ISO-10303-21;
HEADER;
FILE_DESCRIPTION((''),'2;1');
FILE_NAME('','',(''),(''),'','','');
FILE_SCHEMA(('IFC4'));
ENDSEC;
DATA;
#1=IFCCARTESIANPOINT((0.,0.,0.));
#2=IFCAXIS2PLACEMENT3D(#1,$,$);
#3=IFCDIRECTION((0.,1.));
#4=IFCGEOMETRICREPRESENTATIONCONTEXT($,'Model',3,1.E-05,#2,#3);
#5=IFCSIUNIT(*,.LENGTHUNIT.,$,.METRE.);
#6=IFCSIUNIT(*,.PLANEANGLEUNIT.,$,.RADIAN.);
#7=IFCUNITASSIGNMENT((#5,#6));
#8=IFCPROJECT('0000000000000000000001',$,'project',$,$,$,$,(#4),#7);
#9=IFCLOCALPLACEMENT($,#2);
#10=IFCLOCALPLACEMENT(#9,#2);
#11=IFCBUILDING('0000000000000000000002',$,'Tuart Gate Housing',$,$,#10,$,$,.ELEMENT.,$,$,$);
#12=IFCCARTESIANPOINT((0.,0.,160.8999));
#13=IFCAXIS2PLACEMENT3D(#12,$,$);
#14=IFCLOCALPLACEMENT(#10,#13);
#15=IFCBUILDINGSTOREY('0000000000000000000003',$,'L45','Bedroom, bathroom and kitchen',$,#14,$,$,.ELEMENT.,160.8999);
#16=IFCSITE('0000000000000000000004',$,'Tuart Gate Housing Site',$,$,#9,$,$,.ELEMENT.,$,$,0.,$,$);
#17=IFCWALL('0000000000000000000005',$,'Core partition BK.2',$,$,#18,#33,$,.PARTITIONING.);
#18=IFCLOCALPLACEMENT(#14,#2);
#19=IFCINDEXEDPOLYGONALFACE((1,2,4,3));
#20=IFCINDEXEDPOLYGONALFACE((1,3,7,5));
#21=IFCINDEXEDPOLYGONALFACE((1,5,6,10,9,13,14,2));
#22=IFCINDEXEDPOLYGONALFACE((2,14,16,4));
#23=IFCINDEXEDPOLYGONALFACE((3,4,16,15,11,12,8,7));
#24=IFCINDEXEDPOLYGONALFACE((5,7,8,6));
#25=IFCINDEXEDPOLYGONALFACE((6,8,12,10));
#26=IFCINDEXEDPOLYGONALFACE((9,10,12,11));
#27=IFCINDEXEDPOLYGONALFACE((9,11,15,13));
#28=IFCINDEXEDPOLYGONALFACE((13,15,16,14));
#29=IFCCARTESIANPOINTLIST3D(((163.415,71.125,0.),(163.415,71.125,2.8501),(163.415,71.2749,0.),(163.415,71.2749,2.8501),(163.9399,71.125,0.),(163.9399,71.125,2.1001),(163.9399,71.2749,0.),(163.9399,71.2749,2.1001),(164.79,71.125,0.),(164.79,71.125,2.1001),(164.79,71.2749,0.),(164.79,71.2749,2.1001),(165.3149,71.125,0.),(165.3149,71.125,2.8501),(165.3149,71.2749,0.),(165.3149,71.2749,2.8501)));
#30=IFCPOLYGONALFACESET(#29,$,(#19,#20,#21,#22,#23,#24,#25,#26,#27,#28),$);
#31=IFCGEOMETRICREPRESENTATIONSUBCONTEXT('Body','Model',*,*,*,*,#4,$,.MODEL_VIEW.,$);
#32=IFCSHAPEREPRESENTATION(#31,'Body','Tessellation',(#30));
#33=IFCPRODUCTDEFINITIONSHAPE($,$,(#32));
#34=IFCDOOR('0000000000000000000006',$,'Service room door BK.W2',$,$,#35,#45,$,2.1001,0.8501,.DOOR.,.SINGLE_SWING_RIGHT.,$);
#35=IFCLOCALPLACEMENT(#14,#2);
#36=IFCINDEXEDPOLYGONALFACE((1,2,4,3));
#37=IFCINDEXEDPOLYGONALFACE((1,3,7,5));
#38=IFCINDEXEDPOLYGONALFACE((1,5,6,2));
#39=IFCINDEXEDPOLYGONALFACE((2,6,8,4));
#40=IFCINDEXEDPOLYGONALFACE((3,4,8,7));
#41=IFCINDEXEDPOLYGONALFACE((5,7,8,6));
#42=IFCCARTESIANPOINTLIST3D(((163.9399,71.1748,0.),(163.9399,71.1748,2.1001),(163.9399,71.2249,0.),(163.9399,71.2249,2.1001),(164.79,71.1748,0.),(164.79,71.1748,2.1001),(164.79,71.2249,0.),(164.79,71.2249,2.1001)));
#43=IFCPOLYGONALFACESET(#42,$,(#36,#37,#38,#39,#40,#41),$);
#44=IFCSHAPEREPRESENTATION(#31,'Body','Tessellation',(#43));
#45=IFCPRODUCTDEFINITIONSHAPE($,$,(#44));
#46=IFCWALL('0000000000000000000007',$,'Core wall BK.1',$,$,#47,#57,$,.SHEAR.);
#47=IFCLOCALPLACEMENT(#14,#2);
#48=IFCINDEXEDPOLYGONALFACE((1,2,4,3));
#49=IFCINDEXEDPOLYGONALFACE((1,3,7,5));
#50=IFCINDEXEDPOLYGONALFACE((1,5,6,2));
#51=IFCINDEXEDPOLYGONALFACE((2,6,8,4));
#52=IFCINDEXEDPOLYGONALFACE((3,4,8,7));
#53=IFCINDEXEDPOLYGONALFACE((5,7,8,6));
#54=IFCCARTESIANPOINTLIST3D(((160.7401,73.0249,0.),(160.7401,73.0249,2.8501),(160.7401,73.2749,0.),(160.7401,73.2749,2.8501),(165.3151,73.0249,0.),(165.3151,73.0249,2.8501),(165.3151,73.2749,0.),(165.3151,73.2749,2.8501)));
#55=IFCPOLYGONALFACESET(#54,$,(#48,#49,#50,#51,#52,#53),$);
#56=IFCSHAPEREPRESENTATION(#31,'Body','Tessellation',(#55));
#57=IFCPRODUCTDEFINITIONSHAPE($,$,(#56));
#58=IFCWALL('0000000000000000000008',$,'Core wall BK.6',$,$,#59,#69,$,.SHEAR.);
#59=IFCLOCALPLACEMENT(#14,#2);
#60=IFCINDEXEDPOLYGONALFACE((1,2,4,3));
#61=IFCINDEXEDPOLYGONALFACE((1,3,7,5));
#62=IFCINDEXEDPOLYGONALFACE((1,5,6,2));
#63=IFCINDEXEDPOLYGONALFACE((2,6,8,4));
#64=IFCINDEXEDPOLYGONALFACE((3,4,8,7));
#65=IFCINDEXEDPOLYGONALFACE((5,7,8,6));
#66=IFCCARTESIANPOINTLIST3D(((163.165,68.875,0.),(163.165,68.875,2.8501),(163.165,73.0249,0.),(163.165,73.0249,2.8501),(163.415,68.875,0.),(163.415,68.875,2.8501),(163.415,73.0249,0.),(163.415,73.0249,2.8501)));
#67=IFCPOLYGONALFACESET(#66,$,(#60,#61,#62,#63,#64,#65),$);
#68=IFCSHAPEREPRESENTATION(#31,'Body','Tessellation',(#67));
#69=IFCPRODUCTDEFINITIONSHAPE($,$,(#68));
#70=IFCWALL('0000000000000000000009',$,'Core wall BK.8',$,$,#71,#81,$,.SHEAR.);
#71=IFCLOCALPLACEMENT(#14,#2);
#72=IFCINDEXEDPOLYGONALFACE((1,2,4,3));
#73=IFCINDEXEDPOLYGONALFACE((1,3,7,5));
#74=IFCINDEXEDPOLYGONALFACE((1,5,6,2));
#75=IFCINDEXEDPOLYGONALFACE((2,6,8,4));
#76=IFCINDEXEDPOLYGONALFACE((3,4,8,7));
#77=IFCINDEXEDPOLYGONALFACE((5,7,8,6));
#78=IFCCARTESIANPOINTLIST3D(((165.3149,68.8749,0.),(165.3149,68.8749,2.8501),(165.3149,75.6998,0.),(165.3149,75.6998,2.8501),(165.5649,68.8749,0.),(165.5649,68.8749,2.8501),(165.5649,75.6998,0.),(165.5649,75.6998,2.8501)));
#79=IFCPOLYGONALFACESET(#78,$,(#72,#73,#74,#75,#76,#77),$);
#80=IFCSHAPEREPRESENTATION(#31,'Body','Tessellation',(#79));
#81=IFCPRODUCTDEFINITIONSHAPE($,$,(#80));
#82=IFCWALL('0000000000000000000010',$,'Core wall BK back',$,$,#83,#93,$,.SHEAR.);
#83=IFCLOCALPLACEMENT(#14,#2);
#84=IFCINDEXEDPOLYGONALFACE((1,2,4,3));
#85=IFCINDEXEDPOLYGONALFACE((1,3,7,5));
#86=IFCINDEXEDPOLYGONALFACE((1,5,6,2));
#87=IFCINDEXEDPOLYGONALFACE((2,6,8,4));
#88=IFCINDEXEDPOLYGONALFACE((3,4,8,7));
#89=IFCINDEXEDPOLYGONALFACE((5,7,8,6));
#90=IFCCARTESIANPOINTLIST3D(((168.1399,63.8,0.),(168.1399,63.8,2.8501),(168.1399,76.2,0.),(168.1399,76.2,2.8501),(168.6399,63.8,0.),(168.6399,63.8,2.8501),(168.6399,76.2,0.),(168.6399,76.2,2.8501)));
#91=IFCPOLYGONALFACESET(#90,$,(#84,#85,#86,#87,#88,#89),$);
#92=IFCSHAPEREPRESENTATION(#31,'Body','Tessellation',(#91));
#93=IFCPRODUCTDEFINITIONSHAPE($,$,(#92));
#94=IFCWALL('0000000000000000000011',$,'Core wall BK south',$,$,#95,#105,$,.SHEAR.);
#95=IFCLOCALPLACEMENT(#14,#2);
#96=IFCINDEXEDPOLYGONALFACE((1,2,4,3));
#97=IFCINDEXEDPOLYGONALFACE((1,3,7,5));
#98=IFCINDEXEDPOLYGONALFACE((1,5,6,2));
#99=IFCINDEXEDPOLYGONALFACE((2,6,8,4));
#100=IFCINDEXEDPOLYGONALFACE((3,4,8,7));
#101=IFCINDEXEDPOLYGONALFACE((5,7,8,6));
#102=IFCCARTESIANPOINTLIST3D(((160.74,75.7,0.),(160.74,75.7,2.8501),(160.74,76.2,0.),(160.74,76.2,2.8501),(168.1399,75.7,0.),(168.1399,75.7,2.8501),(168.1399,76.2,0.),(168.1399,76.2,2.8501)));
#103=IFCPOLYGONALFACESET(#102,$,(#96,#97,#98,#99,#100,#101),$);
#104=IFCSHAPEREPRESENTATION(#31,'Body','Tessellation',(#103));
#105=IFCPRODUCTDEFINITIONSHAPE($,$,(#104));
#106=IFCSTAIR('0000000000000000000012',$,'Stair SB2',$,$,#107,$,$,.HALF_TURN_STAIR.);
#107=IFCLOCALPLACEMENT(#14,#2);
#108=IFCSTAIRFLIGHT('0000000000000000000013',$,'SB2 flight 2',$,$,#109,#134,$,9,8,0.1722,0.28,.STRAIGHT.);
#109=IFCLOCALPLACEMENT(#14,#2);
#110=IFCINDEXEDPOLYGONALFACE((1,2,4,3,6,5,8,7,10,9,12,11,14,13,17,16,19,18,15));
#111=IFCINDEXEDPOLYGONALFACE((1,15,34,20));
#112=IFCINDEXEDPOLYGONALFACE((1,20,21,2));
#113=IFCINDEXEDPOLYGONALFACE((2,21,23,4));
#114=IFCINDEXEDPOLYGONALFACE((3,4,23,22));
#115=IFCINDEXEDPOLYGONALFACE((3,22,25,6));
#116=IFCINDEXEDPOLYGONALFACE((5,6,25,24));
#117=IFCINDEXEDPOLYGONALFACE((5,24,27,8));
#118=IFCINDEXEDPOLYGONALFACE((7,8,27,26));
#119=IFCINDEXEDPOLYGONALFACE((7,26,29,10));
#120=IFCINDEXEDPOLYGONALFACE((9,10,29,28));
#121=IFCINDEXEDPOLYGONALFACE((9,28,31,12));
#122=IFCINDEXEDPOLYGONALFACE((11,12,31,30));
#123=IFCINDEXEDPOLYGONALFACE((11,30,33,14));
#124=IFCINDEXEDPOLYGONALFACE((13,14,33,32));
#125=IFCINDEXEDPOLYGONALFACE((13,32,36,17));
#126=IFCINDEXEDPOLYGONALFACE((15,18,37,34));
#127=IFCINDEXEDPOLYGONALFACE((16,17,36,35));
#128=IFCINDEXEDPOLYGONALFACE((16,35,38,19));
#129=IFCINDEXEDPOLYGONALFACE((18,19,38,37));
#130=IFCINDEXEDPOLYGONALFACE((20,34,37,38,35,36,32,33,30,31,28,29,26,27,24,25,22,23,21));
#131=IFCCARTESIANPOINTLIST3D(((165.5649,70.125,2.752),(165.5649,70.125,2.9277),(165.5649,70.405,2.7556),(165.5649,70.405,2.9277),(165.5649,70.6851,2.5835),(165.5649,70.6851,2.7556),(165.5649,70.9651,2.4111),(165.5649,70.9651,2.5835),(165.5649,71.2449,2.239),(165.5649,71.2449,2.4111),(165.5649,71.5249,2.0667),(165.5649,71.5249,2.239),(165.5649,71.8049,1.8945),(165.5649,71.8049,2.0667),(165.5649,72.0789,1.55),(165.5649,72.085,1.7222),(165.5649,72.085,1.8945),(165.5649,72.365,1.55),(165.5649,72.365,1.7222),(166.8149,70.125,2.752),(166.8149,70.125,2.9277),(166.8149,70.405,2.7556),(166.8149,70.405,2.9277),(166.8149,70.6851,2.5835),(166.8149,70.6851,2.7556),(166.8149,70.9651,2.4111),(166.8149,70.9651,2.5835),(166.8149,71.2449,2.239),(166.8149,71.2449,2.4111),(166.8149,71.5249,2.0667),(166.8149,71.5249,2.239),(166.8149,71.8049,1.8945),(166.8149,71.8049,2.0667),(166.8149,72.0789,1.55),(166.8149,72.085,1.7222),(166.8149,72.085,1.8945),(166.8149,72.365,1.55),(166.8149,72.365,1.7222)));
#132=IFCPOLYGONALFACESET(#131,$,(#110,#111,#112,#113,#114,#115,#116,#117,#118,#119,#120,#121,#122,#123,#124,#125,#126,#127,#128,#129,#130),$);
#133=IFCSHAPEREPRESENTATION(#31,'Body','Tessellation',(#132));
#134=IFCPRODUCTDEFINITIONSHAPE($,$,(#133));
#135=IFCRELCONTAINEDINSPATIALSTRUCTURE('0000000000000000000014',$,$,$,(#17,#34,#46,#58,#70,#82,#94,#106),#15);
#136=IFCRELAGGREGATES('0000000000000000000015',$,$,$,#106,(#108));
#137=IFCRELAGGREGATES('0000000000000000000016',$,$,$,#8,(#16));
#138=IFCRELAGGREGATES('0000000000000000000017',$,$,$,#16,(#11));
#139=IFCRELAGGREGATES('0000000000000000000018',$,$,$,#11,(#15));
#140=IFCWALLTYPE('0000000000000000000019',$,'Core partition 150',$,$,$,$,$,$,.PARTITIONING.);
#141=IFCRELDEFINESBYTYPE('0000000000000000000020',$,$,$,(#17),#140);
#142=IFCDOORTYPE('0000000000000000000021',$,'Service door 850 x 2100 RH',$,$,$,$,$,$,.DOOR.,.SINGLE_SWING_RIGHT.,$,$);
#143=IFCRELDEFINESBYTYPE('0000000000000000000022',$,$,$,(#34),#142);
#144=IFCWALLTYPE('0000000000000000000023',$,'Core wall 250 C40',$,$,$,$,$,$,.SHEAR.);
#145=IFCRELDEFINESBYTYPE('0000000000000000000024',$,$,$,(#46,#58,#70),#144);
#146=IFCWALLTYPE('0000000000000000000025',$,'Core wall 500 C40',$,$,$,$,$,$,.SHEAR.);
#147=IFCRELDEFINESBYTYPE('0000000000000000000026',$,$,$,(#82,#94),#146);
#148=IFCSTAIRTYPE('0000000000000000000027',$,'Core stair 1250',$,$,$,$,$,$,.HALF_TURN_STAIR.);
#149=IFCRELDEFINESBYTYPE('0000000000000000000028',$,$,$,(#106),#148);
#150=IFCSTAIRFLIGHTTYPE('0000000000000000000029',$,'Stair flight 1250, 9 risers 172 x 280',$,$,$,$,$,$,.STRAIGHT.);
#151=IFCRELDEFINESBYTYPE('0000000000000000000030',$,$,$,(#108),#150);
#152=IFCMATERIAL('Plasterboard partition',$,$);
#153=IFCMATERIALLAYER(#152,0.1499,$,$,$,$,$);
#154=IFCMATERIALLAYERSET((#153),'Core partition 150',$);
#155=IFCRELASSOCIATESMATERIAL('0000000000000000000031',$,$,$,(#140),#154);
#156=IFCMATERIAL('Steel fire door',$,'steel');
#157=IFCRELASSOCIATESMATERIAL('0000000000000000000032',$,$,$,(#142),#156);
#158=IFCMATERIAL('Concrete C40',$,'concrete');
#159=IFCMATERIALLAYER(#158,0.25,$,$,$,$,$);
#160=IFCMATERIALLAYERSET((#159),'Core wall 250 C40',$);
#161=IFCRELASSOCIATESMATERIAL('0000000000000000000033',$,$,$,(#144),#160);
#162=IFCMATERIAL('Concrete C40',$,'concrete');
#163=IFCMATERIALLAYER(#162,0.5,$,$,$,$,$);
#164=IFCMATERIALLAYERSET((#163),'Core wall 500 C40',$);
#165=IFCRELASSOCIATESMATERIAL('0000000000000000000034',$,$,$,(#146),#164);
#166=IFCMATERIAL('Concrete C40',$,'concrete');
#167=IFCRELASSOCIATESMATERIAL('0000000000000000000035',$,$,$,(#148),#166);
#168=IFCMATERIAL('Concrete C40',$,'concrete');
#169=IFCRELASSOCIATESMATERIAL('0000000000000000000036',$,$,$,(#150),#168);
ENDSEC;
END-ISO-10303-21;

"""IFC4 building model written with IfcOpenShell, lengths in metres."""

from ifc_helpers import new_model, si_unit, direction, frame, frame_2d, origin, place, context, subcontext, project, spatial, polyline, rectangle, outline, extrude, material, layer, layer_set, type_object, element, fill, aggregate, save


model = new_model("IFC4")

# Units and contexts
model_context = context("Model", 3, precision=1e-05, world=origin(), true_north=direction((0.0, 1.0)))
body_context = subcontext(model_context, "Body", "Model", "MODEL_VIEW")
ifc_project = project(units=[si_unit("LENGTHUNIT", "METRE"), si_unit("PLANEANGLEUNIT", "RADIAN")], contexts=[model_context])

# Site, building, storey
site_placement = place(None, origin())
site = spatial("IfcSite", under=ifc_project, at=site_placement, Name="Tuart Gate Housing Site", CompositionType="ELEMENT", RefElevation=0.0)
building_placement = place(site_placement, origin())
building = spatial("IfcBuilding", under=site, at=building_placement, Name="Tuart Gate Housing", CompositionType="ELEMENT")
storey_placement = place(building_placement, frame((0.0, 0.0, 160.8999)))
storey = spatial("IfcBuildingStorey", under=building, at=storey_placement, Name="L45", Description="Bedroom, bathroom and kitchen", CompositionType="ELEMENT", Elevation=160.8999)

# Wall, opening, door
ifc_material_1 = material(Name="Plasterboard partition")
ifc_layer_1 = layer(ifc_material_1, 0.1499)
ifc_layer_set_1 = layer_set([ifc_layer_1], Name="Core partition 150")
wall_type_1 = type_object("IfcWallType", Name="Core partition 150", PredefinedType="PARTITIONING", material=ifc_layer_set_1)
wall_1_placement = place(storey_placement, frame((163.415, 71.2, 0.0), z_axis=(0.0, 0.0, 1.0), x_axis=(1.0, 0.0, 0.0)))
wall_1 = element("IfcWall", 1, at=wall_1_placement, inside=storey, type_object=wall_type_1, Name="Core partition BK.2", PredefinedType="PARTITIONING", context=body_context, shape_type="SweptSolid", body=[
    extrude(rectangle(XDim=1.8999, YDim=0.1499, at=frame_2d((0.95, 0.0))), origin(), (0.0, 0.0, 1.0), 2.8501),
])
opening_placement = place(wall_1_placement, frame((0.5249, 0.0, 0.0)))
opening = element("IfcOpeningElement", 2, at=opening_placement, cuts=wall_1, PredefinedType="OPENING", context=body_context, shape_type="SweptSolid", body=[
    extrude(rectangle(XDim=0.8501, YDim=2.1001, at=frame_2d((0.425, 1.05))), frame((0.0, 0.085, 0.0), z_axis=(0.0, -1.0, 0.0), x_axis=(1.0, 0.0, 0.0)), (0.0, 0.0, 1.0), 0.1699),
])
ifc_material_2 = material(Name="Steel fire door", Category="steel")
door_type = type_object("IfcDoorType", Name="Service door 850 x 2100 RH", OperationType="SINGLE_SWING_RIGHT", PredefinedType="DOOR", material=ifc_material_2)
door_placement = place(opening_placement, frame((0.8501, 0.0, 0.0), z_axis=(0.0, 0.0, 1.0), x_axis=(-1.0, 0.0, 0.0)))
door = element("IfcDoor", 3, at=door_placement, inside=storey, type_object=door_type, Name="Service room door BK.W2", OperationType="SINGLE_SWING_RIGHT", OverallHeight=2.1001, OverallWidth=0.8501, PredefinedType="DOOR", context=body_context, shape_type="SweptSolid", body=[
    extrude(rectangle(XDim=0.8501, YDim=2.1001, at=frame_2d((0.425, 1.05))), frame((0.0, 0.0251, 0.0), z_axis=(0.0, -1.0, 0.0), x_axis=(1.0, 0.0, 0.0)), (0.0, 0.0, 1.0), 0.05),
])
fill(opening, door)

# Walls
ifc_material_3 = material(Name="Concrete C40", Category="concrete")
ifc_layer_2 = layer(ifc_material_3, 0.25)
ifc_layer_set_2 = layer_set([ifc_layer_2], Name="Core wall 250 C40")
wall_type_2 = type_object("IfcWallType", Name="Core wall 250 C40", PredefinedType="SHEAR", material=ifc_layer_set_2)
wall_2_placement = place(storey_placement, frame((160.74, 73.1499, 0.0), z_axis=(0.0, 0.0, 1.0), x_axis=(1.0, 0.0, 0.0)))
element("IfcWall", 4, at=wall_2_placement, inside=storey, type_object=wall_type_2, Name="Core wall BK.1", PredefinedType="SHEAR", context=body_context, shape_type="SweptSolid", body=[
    extrude(rectangle(XDim=4.575, YDim=0.25, at=frame_2d((2.2876, 0.0))), origin(), (0.0, 0.0, 1.0), 2.8501),
])
wall_3_placement = place(storey_placement, frame((163.29, 73.0249, 0.0), z_axis=(0.0, 0.0, 1.0), x_axis=(0.0, -1.0, 0.0)))
element("IfcWall", 5, at=wall_3_placement, inside=storey, type_object=wall_type_2, Name="Core wall BK.6", PredefinedType="SHEAR", context=body_context, shape_type="SweptSolid", body=[
    extrude(rectangle(XDim=4.1499, YDim=0.25, at=frame_2d((2.075, 0.0))), origin(), (0.0, 0.0, 1.0), 2.8501),
])
wall_4_placement = place(storey_placement, frame((165.4399, 75.7, 0.0), z_axis=(0.0, 0.0, 1.0), x_axis=(0.0, -1.0, 0.0)))
element("IfcWall", 6, at=wall_4_placement, inside=storey, type_object=wall_type_2, Name="Core wall BK.8", PredefinedType="SHEAR", context=body_context, shape_type="SweptSolid", body=[
    extrude(rectangle(XDim=6.825, YDim=0.25, at=frame_2d((3.4126, 0.0))), origin(), (0.0, 0.0, 1.0), 2.8501),
])
ifc_material_4 = material(Name="Concrete C40", Category="concrete")
ifc_layer_3 = layer(ifc_material_4, 0.5)
ifc_layer_set_3 = layer_set([ifc_layer_3], Name="Core wall 500 C40")
wall_type_3 = type_object("IfcWallType", Name="Core wall 500 C40", PredefinedType="SHEAR", material=ifc_layer_set_3)
wall_5_placement = place(storey_placement, frame((168.3899, 76.2, 0.0), z_axis=(0.0, 0.0, 1.0), x_axis=(0.0, -1.0, 0.0)))
element("IfcWall", 7, at=wall_5_placement, inside=storey, type_object=wall_type_3, Name="Core wall BK back", PredefinedType="SHEAR", context=body_context, shape_type="SweptSolid", body=[
    extrude(rectangle(XDim=12.3999, YDim=0.5, at=frame_2d((6.2, 0.0))), origin(), (0.0, 0.0, 1.0), 2.8501),
])
wall_6_placement = place(storey_placement, frame((160.74, 75.95, 0.0), z_axis=(0.0, 0.0, 1.0), x_axis=(1.0, 0.0, 0.0)))
element("IfcWall", 8, at=wall_6_placement, inside=storey, type_object=wall_type_3, Name="Core wall BK south", PredefinedType="SHEAR", context=body_context, shape_type="SweptSolid", body=[
    extrude(rectangle(XDim=7.3999, YDim=0.5, at=frame_2d((3.7, 0.0))), origin(), (0.0, 0.0, 1.0), 2.8501),
])

# Stair, stair flight
ifc_material_5 = material(Name="Concrete C40", Category="concrete")
stair_type = type_object("IfcStairType", Name="Core stair 1250", PredefinedType="HALF_TURN_STAIR", material=ifc_material_5)
stair_placement = place(storey_placement, origin())
stair = element("IfcStair", 9, at=stair_placement, inside=storey, type_object=stair_type, Name="Stair SB2", PredefinedType="HALF_TURN_STAIR")
ifc_material_6 = material(Name="Concrete C40", Category="concrete")
stair_flight_type = type_object("IfcStairFlightType", Name="Stair flight 1250, 9 risers 172 x 280", PredefinedType="STRAIGHT", material=ifc_material_6)
stair_flight_placement = place(storey_placement, frame((166.1899, 72.365, 1.55), z_axis=(0.0, 0.0, 1.0), x_axis=(0.0, -1.0, 0.0)))
stair_flight = element("IfcStairFlight", 10, at=stair_flight_placement, type_object=stair_flight_type, Name="SB2 flight 2", NumberOfRisers=9, NumberOfTreads=8, PredefinedType="STRAIGHT", RiserHeight=0.1722, TreadLength=0.28, context=body_context, shape_type="SweptSolid", body=[
    extrude(outline(polyline([(0.0, 0.0), (0.0, 0.1721), (0.28, 0.1721), (0.28, 0.3445), (0.5601, 0.3445), (0.5601, 0.5166), (0.8401, 0.5166), (0.8401, 0.689), (1.1201, 0.689), (1.1201, 0.8611), (1.3999, 0.8611), (1.3999, 1.0334), (1.6799, 1.0334), (1.6799, 1.2056), (1.96, 1.2056), (1.96, 1.3777), (2.24, 1.3777), (2.24, 1.55), (2.24, 1.2019), (0.2861, 0.0), (0.0, 0.0)])), frame((0.0, 0.625, 0.0), z_axis=(0.0, -1.0, 0.0), x_axis=(1.0, 0.0, 0.0)), (0.0, 0.0, 1.0), 1.25),
])
aggregate(stair, [stair_flight])

save(model, "model.ifc")
